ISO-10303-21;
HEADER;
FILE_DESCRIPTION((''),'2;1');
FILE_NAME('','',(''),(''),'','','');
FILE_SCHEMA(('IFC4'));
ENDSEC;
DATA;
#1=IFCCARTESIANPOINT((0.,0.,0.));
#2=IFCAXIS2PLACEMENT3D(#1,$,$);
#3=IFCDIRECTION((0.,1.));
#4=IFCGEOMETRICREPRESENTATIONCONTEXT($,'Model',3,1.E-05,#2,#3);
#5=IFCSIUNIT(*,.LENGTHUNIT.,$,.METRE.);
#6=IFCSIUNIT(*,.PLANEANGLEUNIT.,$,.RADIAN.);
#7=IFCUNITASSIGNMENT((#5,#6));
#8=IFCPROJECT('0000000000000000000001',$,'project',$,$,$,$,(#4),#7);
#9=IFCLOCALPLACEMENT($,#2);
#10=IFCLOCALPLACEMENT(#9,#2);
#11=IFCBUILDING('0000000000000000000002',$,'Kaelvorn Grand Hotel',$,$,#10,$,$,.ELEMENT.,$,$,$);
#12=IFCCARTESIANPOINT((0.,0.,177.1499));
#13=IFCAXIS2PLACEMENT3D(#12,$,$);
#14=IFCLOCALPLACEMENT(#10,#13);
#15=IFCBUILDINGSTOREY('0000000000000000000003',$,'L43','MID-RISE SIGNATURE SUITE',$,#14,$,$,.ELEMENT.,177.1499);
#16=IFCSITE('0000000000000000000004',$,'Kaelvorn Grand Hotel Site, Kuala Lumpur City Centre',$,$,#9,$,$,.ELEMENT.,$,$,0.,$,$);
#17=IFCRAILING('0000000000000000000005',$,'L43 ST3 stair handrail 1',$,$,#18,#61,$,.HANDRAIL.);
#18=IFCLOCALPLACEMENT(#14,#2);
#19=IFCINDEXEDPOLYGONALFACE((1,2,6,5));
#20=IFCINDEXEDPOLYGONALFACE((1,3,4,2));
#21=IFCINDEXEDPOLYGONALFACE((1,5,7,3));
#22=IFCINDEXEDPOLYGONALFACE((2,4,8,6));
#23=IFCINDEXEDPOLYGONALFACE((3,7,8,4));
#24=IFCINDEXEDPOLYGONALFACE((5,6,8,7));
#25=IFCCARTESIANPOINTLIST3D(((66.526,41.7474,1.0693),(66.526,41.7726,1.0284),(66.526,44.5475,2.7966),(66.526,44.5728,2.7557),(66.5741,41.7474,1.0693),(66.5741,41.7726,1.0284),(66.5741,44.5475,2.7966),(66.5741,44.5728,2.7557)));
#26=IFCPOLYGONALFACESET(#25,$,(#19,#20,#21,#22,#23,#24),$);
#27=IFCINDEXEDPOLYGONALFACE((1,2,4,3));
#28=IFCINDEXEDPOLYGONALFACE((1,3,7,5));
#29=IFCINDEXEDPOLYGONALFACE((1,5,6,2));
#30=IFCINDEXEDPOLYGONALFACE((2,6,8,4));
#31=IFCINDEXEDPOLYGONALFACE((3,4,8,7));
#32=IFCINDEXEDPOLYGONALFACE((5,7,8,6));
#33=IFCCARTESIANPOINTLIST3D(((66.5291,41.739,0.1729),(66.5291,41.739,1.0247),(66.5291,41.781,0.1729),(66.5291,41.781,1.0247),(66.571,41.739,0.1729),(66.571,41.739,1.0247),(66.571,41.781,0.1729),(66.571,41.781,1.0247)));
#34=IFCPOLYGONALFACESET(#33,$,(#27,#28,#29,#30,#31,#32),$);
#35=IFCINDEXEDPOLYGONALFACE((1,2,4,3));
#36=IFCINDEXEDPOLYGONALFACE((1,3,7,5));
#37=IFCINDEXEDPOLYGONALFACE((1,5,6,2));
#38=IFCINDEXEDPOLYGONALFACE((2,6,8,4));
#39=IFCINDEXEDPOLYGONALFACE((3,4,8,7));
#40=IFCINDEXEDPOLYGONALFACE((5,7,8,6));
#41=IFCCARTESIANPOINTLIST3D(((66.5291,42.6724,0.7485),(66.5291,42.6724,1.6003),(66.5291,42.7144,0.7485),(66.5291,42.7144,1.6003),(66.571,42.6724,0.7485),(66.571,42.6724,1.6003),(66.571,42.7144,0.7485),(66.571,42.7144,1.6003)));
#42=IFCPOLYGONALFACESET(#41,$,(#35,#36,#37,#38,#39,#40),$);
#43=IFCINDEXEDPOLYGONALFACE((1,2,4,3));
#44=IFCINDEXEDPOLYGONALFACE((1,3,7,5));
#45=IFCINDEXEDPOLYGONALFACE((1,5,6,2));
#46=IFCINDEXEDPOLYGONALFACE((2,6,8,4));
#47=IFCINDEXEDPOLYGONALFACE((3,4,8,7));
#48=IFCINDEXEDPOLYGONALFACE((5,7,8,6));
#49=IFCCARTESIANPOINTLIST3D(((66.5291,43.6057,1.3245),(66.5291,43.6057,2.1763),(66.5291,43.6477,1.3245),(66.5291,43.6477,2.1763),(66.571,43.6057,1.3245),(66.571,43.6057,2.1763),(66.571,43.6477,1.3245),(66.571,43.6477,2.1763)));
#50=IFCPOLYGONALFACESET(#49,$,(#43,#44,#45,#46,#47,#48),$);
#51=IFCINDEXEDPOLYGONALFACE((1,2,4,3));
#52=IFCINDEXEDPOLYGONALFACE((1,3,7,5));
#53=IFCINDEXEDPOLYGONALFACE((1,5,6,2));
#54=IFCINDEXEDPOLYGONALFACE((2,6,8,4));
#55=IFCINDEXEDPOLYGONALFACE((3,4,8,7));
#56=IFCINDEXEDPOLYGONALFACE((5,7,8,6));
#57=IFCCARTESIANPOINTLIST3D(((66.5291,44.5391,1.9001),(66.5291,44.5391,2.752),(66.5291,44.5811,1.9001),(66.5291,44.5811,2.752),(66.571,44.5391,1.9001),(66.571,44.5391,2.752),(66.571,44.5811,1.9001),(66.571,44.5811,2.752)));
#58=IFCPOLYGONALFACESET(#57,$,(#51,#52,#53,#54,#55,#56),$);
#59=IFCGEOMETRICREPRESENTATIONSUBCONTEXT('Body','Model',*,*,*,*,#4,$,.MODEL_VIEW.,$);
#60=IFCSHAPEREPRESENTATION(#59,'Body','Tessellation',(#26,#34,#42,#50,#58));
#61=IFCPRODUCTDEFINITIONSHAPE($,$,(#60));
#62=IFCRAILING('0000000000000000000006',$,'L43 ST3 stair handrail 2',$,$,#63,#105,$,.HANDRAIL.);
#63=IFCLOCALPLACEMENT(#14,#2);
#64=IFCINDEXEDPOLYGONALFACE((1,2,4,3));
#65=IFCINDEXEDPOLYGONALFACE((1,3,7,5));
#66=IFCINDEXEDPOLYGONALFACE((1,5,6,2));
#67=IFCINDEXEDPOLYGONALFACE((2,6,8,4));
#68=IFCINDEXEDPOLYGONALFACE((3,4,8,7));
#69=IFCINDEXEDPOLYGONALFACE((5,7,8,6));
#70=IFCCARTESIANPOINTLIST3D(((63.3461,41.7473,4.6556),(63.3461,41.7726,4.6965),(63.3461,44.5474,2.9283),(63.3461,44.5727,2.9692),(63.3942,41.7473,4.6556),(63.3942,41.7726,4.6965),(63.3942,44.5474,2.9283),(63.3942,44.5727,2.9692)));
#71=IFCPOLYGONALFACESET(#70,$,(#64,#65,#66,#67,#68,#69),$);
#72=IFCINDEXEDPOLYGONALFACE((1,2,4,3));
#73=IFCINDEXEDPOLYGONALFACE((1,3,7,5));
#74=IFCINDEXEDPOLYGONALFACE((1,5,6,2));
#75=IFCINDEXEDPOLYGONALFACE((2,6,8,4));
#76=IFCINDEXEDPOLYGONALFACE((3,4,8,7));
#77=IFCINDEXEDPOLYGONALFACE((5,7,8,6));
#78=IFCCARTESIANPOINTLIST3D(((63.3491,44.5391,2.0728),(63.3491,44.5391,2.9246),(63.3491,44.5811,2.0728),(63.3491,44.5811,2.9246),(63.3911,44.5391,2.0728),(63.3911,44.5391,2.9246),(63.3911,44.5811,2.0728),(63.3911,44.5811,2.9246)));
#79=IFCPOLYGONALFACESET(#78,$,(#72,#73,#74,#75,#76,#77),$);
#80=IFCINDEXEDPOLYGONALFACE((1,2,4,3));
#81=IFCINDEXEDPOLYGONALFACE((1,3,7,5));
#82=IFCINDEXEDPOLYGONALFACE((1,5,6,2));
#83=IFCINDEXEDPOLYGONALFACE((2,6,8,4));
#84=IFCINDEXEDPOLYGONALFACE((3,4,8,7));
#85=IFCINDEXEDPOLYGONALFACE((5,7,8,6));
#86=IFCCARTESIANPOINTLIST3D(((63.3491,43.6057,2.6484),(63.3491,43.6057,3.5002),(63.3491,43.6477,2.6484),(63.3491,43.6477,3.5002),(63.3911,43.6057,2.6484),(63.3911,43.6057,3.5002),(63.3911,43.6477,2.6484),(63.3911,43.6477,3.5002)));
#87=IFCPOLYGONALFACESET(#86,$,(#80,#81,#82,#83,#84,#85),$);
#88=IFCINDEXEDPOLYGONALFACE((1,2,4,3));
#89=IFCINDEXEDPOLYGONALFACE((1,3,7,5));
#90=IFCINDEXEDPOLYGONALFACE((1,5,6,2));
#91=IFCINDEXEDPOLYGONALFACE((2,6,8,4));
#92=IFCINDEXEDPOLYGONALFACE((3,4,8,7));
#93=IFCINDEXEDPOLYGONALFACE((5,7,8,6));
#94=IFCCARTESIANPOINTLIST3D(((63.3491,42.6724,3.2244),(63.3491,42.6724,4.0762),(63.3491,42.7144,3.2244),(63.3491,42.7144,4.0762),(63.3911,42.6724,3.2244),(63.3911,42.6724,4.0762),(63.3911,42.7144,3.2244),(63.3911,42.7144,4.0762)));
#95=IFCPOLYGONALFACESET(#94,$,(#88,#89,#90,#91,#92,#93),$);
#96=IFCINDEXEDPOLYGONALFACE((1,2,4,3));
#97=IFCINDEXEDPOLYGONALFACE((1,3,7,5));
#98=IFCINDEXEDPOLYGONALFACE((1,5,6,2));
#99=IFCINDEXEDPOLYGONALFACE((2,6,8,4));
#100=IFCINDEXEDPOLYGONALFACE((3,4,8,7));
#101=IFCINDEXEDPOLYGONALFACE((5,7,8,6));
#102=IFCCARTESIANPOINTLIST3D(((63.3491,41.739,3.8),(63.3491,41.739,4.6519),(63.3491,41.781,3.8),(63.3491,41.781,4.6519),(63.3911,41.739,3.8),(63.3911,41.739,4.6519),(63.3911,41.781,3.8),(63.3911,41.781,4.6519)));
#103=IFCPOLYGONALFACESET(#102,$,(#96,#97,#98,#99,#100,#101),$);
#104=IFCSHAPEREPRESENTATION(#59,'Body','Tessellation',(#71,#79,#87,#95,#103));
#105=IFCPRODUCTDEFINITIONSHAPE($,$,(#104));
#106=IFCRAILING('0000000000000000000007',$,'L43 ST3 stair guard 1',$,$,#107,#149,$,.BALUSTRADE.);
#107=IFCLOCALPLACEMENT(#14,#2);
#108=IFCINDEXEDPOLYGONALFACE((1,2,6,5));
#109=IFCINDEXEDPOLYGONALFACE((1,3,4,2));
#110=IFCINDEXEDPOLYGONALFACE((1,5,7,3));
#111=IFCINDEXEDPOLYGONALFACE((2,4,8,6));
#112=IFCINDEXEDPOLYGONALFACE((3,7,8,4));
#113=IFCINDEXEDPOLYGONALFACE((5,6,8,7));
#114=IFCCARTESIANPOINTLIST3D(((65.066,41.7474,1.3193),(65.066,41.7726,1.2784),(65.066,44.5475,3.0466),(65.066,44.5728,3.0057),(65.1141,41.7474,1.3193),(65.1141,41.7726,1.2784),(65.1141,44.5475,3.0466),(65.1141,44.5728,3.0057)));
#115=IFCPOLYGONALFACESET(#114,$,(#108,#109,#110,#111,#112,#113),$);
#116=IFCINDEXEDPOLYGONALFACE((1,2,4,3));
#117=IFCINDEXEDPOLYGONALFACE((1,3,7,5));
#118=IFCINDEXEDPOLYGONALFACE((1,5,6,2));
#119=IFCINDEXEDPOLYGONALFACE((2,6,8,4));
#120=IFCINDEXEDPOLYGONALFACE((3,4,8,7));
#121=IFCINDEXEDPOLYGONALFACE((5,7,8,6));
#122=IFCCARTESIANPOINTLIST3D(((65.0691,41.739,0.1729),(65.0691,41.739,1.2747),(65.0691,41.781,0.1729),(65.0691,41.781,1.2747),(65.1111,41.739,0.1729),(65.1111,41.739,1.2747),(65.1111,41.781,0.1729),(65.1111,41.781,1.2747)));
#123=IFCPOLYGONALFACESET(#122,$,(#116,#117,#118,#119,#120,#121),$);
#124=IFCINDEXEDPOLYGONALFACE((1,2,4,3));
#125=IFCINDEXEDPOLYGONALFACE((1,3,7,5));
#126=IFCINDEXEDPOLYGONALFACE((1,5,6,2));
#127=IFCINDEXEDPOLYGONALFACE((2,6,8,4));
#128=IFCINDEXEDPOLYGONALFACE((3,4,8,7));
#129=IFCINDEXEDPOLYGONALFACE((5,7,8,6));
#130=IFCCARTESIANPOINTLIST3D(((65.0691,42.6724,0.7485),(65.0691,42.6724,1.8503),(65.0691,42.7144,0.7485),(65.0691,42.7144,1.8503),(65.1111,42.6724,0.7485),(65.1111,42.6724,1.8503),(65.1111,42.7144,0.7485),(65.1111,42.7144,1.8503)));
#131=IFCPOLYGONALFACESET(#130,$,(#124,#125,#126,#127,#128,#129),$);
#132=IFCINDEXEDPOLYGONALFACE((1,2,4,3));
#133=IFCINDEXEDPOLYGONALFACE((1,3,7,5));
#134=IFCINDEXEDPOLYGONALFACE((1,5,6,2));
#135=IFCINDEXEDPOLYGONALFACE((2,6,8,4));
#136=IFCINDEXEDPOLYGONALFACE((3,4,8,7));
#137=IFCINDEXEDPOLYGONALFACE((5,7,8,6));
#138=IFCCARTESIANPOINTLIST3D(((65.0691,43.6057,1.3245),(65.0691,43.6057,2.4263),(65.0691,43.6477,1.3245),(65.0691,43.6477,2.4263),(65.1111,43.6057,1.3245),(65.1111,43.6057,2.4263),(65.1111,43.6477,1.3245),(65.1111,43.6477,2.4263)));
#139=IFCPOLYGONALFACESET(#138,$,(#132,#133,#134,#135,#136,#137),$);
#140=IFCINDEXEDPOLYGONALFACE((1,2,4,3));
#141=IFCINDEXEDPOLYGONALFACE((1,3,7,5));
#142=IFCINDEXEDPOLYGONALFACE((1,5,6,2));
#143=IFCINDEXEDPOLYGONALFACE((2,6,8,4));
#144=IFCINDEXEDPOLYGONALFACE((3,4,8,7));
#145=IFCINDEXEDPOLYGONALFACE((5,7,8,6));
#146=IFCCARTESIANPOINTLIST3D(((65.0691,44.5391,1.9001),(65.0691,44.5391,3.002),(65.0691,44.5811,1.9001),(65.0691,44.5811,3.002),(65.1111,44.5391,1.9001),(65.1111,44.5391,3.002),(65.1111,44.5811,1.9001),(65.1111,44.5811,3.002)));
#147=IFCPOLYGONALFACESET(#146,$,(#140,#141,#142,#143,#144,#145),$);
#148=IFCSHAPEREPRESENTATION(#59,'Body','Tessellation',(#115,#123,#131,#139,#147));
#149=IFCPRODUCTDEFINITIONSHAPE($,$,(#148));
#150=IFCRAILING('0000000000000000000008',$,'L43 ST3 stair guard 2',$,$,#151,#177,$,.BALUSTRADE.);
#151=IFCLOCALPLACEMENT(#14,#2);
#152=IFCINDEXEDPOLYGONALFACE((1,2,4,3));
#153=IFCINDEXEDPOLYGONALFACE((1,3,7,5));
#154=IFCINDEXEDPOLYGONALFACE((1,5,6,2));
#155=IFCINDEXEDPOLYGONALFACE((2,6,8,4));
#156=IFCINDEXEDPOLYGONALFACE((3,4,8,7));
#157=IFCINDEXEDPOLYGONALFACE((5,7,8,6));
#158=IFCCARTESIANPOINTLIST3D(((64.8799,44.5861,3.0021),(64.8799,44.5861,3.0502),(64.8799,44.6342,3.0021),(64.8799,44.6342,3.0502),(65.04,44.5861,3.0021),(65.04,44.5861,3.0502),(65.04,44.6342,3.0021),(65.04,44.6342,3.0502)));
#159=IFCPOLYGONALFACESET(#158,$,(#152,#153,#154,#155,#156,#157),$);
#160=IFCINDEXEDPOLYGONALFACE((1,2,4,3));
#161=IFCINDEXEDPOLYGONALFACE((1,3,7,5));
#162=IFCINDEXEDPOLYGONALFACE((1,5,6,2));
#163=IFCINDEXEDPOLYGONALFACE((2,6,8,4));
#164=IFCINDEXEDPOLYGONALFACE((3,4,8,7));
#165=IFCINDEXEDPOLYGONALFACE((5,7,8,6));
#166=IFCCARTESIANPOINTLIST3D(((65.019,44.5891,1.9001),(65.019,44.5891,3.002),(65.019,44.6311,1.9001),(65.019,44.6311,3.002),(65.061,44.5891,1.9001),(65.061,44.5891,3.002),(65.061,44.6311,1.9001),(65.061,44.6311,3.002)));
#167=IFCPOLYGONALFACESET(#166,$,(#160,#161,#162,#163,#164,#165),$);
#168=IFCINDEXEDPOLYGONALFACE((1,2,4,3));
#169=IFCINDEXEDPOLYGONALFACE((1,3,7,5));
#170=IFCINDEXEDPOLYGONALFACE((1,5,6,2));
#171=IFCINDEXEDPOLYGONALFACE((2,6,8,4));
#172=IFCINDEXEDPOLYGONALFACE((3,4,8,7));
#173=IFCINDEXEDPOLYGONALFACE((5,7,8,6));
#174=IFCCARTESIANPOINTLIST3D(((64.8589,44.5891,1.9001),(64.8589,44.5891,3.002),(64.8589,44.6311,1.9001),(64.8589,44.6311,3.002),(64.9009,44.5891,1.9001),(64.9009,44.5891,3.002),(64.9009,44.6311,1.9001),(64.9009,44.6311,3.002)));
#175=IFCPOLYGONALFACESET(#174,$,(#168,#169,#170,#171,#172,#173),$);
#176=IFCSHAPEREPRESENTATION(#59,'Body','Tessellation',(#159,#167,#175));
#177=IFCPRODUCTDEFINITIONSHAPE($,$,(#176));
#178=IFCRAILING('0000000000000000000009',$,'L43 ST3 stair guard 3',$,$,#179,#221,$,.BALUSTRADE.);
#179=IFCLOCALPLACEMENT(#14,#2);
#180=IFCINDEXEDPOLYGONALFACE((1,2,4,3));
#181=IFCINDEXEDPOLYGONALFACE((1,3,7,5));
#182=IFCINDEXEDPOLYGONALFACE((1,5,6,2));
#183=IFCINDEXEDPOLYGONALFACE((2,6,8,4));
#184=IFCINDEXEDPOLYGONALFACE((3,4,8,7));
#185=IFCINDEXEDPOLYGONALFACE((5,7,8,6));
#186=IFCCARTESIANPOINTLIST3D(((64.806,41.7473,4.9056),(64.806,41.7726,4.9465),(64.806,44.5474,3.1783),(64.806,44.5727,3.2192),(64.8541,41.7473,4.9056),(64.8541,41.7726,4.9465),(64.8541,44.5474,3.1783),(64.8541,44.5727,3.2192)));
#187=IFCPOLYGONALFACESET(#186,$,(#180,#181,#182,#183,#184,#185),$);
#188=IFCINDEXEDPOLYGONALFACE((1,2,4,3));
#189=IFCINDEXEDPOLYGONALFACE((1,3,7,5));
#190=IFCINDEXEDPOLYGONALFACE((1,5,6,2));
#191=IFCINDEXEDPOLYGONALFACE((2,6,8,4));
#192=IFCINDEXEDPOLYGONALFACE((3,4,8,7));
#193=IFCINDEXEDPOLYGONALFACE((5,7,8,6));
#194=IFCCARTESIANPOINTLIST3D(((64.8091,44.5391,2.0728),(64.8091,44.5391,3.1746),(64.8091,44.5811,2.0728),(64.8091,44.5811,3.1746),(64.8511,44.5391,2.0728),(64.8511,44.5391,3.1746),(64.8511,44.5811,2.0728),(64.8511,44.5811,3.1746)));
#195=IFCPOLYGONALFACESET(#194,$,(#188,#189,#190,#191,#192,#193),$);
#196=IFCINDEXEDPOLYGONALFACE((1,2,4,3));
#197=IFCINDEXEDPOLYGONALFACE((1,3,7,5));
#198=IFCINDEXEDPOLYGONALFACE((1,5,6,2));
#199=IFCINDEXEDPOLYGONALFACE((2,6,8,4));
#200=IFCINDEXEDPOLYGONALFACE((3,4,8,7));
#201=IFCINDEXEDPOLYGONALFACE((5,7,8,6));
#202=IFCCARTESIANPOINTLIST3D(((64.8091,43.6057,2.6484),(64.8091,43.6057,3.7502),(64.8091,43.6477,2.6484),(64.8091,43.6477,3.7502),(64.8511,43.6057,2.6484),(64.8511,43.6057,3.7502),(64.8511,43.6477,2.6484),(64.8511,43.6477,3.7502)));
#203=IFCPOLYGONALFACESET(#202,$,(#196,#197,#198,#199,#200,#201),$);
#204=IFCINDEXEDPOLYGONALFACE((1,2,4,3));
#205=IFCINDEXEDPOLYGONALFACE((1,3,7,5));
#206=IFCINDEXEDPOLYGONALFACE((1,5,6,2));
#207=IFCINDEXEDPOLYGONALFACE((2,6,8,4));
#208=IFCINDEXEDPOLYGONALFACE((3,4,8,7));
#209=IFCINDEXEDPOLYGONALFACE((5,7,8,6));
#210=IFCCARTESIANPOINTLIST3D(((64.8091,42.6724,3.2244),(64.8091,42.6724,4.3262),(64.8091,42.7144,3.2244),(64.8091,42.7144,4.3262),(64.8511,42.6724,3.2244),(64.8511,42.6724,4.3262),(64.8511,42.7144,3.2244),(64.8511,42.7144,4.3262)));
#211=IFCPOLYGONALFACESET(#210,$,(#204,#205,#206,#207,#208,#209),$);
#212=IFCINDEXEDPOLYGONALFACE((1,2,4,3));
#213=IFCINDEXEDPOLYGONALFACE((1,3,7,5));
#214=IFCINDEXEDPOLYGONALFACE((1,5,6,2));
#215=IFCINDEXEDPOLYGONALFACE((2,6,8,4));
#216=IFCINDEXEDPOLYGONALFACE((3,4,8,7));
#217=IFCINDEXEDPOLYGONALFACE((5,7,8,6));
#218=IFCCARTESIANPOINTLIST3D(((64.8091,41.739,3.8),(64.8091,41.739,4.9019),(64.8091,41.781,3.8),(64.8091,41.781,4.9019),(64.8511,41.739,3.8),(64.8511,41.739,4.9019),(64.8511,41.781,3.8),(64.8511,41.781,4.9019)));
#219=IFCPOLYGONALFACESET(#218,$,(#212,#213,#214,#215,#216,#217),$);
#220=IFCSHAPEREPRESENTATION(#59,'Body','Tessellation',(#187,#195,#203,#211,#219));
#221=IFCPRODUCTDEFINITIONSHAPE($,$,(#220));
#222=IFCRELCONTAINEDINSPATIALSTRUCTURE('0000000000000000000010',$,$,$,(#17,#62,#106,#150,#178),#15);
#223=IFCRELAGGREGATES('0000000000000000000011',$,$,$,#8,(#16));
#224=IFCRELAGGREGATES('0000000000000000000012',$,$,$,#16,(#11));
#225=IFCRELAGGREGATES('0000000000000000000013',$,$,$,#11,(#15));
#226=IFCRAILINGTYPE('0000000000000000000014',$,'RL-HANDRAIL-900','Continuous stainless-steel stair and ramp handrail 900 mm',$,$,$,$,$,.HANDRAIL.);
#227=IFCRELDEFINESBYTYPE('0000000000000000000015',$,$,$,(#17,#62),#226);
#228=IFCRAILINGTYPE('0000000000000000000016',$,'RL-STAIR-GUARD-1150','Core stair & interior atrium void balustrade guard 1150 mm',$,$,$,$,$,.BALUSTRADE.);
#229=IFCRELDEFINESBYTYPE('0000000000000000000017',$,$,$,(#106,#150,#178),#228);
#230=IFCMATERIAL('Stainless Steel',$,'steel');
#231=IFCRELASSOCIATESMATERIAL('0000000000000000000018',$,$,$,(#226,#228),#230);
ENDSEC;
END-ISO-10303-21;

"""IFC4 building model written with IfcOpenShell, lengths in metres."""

from ifc_helpers import new_model, si_unit, direction, frame, origin, origin_2d, place, context, subcontext, project, spatial, rectangle, extrude, material, type_object, element, save


model = new_model("IFC4")

# Units and contexts
model_context = context("Model", 3, precision=1e-05, world=origin(), true_north=direction((0.0, 1.0)))
body_context = subcontext(model_context, "Body", "Model", "MODEL_VIEW")
ifc_project = project(units=[si_unit("LENGTHUNIT", "METRE"), si_unit("PLANEANGLEUNIT", "RADIAN")], contexts=[model_context])

# Site, building, storey
site_placement = place(None, origin())
site = spatial("IfcSite", under=ifc_project, at=site_placement, Name="Kaelvorn Grand Hotel Site, Kuala Lumpur City Centre", CompositionType="ELEMENT", RefElevation=0.0)
building_placement = place(site_placement, origin())
building = spatial("IfcBuilding", under=site, at=building_placement, Name="Kaelvorn Grand Hotel", CompositionType="ELEMENT")
storey_placement = place(building_placement, frame((0.0, 0.0, 177.1499)))
storey = spatial("IfcBuildingStorey", under=building, at=storey_placement, Name="L43", Description="MID-RISE SIGNATURE SUITE", CompositionType="ELEMENT", Elevation=177.1499)

# Shared definitions
ifc_material_1 = material(Name="Stainless Steel", Category="steel")

# Railings
railing_type_1 = type_object("IfcRailingType", Name="RL-HANDRAIL-900", Description="Continuous stainless-steel stair and ramp handrail 900 mm", PredefinedType="HANDRAIL", material=ifc_material_1)
railing_1_placement = place(storey_placement, frame((66.55, 41.76, 0.1729)))
element("IfcRailing", 1, at=railing_1_placement, inside=storey, type_object=railing_type_1, Name="L43 ST3 stair handrail 1", PredefinedType="HANDRAIL", context=body_context, shape_type="SweptSolid", body=[
    extrude(rectangle(XDim=0.0481, YDim=0.0481, at=origin_2d()), frame((0.0, 0.0, 0.876), z_axis=(0.0, 0.85109, 0.52502), x_axis=(-1.0, 0.0, 0.0)), (0.0, 0.0, 1.0), 3.29),
    extrude(rectangle(XDim=0.042, YDim=0.042, at=origin_2d()), origin(), (0.0, 0.0, 1.0), 0.8518),
    extrude(rectangle(XDim=0.042, YDim=0.042, at=origin_2d()), frame((0.0, 0.9333, 0.5757)), (0.0, 0.0, 1.0), 0.8518),
    extrude(rectangle(XDim=0.042, YDim=0.042, at=origin_2d()), frame((0.0, 1.8667, 1.1516)), (0.0, 0.0, 1.0), 0.8518),
    extrude(rectangle(XDim=0.042, YDim=0.042, at=origin_2d()), frame((0.0, 2.8, 1.7273)), (0.0, 0.0, 1.0), 0.8518),
])
railing_2_placement = place(storey_placement, frame((63.3701, 44.5601, 2.0728)))
element("IfcRailing", 2, at=railing_2_placement, inside=storey, type_object=railing_type_1, Name="L43 ST3 stair handrail 2", PredefinedType="HANDRAIL", context=body_context, shape_type="SweptSolid", body=[
    extrude(rectangle(XDim=0.0481, YDim=0.0481, at=origin_2d()), frame((0.0, 0.0, 0.876), z_axis=(0.0, -0.85109, 0.52502), x_axis=(1.0, 0.0, 0.0)), (0.0, 0.0, 1.0), 3.29),
    extrude(rectangle(XDim=0.042, YDim=0.042, at=origin_2d()), origin(), (0.0, 0.0, 1.0), 0.8518),
    extrude(rectangle(XDim=0.042, YDim=0.042, at=origin_2d()), frame((0.0, -0.9333, 0.5757)), (0.0, 0.0, 1.0), 0.8518),
    extrude(rectangle(XDim=0.042, YDim=0.042, at=origin_2d()), frame((0.0, -1.8667, 1.1516)), (0.0, 0.0, 1.0), 0.8518),
    extrude(rectangle(XDim=0.042, YDim=0.042, at=origin_2d()), frame((0.0, -2.8, 1.7273)), (0.0, 0.0, 1.0), 0.8518),
])
railing_type_2 = type_object("IfcRailingType", Name="RL-STAIR-GUARD-1150", Description="Core stair & interior atrium void balustrade guard 1150 mm", PredefinedType="BALUSTRADE", material=ifc_material_1)
railing_3_placement = place(storey_placement, frame((65.0901, 41.76, 0.1729)))
element("IfcRailing", 3, at=railing_3_placement, inside=storey, type_object=railing_type_2, Name="L43 ST3 stair guard 1", PredefinedType="BALUSTRADE", context=body_context, shape_type="SweptSolid", body=[
    extrude(rectangle(XDim=0.0481, YDim=0.0481, at=origin_2d()), frame((0.0, 0.0, 1.126), z_axis=(0.0, 0.85109, 0.52502), x_axis=(-1.0, 0.0, 0.0)), (0.0, 0.0, 1.0), 3.29),
    extrude(rectangle(XDim=0.042, YDim=0.042, at=origin_2d()), origin(), (0.0, 0.0, 1.0), 1.1018),
    extrude(rectangle(XDim=0.042, YDim=0.042, at=origin_2d()), frame((0.0, 0.9333, 0.5757)), (0.0, 0.0, 1.0), 1.1018),
    extrude(rectangle(XDim=0.042, YDim=0.042, at=origin_2d()), frame((0.0, 1.8667, 1.1516)), (0.0, 0.0, 1.0), 1.1018),
    extrude(rectangle(XDim=0.042, YDim=0.042, at=origin_2d()), frame((0.0, 2.8, 1.7273)), (0.0, 0.0, 1.0), 1.1018),
])
railing_4_placement = place(storey_placement, frame((65.04, 44.6101, 1.9001)))
element("IfcRailing", 4, at=railing_4_placement, inside=storey, type_object=railing_type_2, Name="L43 ST3 stair guard 2", PredefinedType="BALUSTRADE", context=body_context, shape_type="SweptSolid", body=[
    extrude(rectangle(XDim=0.0481, YDim=0.0481, at=origin_2d()), frame((0.0, 0.0, 1.126), z_axis=(-1.0, 0.0, 0.0), x_axis=(0.0, -1.0, 0.0)), (0.0, 0.0, 1.0), 0.1602),
    extrude(rectangle(XDim=0.042, YDim=0.042, at=origin_2d()), origin(), (0.0, 0.0, 1.0), 1.1018),
    extrude(rectangle(XDim=0.042, YDim=0.042, at=origin_2d()), frame((-0.1602, 0.0, 0.0)), (0.0, 0.0, 1.0), 1.1018),
])
railing_5_placement = place(storey_placement, frame((64.8301, 44.5601, 2.0728)))
element("IfcRailing", 5, at=railing_5_placement, inside=storey, type_object=railing_type_2, Name="L43 ST3 stair guard 3", PredefinedType="BALUSTRADE", context=body_context, shape_type="SweptSolid", body=[
    extrude(rectangle(XDim=0.0481, YDim=0.0481, at=origin_2d()), frame((0.0, 0.0, 1.126), z_axis=(0.0, -0.85109, 0.52502), x_axis=(1.0, 0.0, 0.0)), (0.0, 0.0, 1.0), 3.29),
    extrude(rectangle(XDim=0.042, YDim=0.042, at=origin_2d()), origin(), (0.0, 0.0, 1.0), 1.1018),
    extrude(rectangle(XDim=0.042, YDim=0.042, at=origin_2d()), frame((0.0, -0.9333, 0.5757)), (0.0, 0.0, 1.0), 1.1018),
    extrude(rectangle(XDim=0.042, YDim=0.042, at=origin_2d()), frame((0.0, -1.8667, 1.1516)), (0.0, 0.0, 1.0), 1.1018),
    extrude(rectangle(XDim=0.042, YDim=0.042, at=origin_2d()), frame((0.0, -2.8, 1.7273)), (0.0, 0.0, 1.0), 1.1018),
])

save(model, "model.ifc")
